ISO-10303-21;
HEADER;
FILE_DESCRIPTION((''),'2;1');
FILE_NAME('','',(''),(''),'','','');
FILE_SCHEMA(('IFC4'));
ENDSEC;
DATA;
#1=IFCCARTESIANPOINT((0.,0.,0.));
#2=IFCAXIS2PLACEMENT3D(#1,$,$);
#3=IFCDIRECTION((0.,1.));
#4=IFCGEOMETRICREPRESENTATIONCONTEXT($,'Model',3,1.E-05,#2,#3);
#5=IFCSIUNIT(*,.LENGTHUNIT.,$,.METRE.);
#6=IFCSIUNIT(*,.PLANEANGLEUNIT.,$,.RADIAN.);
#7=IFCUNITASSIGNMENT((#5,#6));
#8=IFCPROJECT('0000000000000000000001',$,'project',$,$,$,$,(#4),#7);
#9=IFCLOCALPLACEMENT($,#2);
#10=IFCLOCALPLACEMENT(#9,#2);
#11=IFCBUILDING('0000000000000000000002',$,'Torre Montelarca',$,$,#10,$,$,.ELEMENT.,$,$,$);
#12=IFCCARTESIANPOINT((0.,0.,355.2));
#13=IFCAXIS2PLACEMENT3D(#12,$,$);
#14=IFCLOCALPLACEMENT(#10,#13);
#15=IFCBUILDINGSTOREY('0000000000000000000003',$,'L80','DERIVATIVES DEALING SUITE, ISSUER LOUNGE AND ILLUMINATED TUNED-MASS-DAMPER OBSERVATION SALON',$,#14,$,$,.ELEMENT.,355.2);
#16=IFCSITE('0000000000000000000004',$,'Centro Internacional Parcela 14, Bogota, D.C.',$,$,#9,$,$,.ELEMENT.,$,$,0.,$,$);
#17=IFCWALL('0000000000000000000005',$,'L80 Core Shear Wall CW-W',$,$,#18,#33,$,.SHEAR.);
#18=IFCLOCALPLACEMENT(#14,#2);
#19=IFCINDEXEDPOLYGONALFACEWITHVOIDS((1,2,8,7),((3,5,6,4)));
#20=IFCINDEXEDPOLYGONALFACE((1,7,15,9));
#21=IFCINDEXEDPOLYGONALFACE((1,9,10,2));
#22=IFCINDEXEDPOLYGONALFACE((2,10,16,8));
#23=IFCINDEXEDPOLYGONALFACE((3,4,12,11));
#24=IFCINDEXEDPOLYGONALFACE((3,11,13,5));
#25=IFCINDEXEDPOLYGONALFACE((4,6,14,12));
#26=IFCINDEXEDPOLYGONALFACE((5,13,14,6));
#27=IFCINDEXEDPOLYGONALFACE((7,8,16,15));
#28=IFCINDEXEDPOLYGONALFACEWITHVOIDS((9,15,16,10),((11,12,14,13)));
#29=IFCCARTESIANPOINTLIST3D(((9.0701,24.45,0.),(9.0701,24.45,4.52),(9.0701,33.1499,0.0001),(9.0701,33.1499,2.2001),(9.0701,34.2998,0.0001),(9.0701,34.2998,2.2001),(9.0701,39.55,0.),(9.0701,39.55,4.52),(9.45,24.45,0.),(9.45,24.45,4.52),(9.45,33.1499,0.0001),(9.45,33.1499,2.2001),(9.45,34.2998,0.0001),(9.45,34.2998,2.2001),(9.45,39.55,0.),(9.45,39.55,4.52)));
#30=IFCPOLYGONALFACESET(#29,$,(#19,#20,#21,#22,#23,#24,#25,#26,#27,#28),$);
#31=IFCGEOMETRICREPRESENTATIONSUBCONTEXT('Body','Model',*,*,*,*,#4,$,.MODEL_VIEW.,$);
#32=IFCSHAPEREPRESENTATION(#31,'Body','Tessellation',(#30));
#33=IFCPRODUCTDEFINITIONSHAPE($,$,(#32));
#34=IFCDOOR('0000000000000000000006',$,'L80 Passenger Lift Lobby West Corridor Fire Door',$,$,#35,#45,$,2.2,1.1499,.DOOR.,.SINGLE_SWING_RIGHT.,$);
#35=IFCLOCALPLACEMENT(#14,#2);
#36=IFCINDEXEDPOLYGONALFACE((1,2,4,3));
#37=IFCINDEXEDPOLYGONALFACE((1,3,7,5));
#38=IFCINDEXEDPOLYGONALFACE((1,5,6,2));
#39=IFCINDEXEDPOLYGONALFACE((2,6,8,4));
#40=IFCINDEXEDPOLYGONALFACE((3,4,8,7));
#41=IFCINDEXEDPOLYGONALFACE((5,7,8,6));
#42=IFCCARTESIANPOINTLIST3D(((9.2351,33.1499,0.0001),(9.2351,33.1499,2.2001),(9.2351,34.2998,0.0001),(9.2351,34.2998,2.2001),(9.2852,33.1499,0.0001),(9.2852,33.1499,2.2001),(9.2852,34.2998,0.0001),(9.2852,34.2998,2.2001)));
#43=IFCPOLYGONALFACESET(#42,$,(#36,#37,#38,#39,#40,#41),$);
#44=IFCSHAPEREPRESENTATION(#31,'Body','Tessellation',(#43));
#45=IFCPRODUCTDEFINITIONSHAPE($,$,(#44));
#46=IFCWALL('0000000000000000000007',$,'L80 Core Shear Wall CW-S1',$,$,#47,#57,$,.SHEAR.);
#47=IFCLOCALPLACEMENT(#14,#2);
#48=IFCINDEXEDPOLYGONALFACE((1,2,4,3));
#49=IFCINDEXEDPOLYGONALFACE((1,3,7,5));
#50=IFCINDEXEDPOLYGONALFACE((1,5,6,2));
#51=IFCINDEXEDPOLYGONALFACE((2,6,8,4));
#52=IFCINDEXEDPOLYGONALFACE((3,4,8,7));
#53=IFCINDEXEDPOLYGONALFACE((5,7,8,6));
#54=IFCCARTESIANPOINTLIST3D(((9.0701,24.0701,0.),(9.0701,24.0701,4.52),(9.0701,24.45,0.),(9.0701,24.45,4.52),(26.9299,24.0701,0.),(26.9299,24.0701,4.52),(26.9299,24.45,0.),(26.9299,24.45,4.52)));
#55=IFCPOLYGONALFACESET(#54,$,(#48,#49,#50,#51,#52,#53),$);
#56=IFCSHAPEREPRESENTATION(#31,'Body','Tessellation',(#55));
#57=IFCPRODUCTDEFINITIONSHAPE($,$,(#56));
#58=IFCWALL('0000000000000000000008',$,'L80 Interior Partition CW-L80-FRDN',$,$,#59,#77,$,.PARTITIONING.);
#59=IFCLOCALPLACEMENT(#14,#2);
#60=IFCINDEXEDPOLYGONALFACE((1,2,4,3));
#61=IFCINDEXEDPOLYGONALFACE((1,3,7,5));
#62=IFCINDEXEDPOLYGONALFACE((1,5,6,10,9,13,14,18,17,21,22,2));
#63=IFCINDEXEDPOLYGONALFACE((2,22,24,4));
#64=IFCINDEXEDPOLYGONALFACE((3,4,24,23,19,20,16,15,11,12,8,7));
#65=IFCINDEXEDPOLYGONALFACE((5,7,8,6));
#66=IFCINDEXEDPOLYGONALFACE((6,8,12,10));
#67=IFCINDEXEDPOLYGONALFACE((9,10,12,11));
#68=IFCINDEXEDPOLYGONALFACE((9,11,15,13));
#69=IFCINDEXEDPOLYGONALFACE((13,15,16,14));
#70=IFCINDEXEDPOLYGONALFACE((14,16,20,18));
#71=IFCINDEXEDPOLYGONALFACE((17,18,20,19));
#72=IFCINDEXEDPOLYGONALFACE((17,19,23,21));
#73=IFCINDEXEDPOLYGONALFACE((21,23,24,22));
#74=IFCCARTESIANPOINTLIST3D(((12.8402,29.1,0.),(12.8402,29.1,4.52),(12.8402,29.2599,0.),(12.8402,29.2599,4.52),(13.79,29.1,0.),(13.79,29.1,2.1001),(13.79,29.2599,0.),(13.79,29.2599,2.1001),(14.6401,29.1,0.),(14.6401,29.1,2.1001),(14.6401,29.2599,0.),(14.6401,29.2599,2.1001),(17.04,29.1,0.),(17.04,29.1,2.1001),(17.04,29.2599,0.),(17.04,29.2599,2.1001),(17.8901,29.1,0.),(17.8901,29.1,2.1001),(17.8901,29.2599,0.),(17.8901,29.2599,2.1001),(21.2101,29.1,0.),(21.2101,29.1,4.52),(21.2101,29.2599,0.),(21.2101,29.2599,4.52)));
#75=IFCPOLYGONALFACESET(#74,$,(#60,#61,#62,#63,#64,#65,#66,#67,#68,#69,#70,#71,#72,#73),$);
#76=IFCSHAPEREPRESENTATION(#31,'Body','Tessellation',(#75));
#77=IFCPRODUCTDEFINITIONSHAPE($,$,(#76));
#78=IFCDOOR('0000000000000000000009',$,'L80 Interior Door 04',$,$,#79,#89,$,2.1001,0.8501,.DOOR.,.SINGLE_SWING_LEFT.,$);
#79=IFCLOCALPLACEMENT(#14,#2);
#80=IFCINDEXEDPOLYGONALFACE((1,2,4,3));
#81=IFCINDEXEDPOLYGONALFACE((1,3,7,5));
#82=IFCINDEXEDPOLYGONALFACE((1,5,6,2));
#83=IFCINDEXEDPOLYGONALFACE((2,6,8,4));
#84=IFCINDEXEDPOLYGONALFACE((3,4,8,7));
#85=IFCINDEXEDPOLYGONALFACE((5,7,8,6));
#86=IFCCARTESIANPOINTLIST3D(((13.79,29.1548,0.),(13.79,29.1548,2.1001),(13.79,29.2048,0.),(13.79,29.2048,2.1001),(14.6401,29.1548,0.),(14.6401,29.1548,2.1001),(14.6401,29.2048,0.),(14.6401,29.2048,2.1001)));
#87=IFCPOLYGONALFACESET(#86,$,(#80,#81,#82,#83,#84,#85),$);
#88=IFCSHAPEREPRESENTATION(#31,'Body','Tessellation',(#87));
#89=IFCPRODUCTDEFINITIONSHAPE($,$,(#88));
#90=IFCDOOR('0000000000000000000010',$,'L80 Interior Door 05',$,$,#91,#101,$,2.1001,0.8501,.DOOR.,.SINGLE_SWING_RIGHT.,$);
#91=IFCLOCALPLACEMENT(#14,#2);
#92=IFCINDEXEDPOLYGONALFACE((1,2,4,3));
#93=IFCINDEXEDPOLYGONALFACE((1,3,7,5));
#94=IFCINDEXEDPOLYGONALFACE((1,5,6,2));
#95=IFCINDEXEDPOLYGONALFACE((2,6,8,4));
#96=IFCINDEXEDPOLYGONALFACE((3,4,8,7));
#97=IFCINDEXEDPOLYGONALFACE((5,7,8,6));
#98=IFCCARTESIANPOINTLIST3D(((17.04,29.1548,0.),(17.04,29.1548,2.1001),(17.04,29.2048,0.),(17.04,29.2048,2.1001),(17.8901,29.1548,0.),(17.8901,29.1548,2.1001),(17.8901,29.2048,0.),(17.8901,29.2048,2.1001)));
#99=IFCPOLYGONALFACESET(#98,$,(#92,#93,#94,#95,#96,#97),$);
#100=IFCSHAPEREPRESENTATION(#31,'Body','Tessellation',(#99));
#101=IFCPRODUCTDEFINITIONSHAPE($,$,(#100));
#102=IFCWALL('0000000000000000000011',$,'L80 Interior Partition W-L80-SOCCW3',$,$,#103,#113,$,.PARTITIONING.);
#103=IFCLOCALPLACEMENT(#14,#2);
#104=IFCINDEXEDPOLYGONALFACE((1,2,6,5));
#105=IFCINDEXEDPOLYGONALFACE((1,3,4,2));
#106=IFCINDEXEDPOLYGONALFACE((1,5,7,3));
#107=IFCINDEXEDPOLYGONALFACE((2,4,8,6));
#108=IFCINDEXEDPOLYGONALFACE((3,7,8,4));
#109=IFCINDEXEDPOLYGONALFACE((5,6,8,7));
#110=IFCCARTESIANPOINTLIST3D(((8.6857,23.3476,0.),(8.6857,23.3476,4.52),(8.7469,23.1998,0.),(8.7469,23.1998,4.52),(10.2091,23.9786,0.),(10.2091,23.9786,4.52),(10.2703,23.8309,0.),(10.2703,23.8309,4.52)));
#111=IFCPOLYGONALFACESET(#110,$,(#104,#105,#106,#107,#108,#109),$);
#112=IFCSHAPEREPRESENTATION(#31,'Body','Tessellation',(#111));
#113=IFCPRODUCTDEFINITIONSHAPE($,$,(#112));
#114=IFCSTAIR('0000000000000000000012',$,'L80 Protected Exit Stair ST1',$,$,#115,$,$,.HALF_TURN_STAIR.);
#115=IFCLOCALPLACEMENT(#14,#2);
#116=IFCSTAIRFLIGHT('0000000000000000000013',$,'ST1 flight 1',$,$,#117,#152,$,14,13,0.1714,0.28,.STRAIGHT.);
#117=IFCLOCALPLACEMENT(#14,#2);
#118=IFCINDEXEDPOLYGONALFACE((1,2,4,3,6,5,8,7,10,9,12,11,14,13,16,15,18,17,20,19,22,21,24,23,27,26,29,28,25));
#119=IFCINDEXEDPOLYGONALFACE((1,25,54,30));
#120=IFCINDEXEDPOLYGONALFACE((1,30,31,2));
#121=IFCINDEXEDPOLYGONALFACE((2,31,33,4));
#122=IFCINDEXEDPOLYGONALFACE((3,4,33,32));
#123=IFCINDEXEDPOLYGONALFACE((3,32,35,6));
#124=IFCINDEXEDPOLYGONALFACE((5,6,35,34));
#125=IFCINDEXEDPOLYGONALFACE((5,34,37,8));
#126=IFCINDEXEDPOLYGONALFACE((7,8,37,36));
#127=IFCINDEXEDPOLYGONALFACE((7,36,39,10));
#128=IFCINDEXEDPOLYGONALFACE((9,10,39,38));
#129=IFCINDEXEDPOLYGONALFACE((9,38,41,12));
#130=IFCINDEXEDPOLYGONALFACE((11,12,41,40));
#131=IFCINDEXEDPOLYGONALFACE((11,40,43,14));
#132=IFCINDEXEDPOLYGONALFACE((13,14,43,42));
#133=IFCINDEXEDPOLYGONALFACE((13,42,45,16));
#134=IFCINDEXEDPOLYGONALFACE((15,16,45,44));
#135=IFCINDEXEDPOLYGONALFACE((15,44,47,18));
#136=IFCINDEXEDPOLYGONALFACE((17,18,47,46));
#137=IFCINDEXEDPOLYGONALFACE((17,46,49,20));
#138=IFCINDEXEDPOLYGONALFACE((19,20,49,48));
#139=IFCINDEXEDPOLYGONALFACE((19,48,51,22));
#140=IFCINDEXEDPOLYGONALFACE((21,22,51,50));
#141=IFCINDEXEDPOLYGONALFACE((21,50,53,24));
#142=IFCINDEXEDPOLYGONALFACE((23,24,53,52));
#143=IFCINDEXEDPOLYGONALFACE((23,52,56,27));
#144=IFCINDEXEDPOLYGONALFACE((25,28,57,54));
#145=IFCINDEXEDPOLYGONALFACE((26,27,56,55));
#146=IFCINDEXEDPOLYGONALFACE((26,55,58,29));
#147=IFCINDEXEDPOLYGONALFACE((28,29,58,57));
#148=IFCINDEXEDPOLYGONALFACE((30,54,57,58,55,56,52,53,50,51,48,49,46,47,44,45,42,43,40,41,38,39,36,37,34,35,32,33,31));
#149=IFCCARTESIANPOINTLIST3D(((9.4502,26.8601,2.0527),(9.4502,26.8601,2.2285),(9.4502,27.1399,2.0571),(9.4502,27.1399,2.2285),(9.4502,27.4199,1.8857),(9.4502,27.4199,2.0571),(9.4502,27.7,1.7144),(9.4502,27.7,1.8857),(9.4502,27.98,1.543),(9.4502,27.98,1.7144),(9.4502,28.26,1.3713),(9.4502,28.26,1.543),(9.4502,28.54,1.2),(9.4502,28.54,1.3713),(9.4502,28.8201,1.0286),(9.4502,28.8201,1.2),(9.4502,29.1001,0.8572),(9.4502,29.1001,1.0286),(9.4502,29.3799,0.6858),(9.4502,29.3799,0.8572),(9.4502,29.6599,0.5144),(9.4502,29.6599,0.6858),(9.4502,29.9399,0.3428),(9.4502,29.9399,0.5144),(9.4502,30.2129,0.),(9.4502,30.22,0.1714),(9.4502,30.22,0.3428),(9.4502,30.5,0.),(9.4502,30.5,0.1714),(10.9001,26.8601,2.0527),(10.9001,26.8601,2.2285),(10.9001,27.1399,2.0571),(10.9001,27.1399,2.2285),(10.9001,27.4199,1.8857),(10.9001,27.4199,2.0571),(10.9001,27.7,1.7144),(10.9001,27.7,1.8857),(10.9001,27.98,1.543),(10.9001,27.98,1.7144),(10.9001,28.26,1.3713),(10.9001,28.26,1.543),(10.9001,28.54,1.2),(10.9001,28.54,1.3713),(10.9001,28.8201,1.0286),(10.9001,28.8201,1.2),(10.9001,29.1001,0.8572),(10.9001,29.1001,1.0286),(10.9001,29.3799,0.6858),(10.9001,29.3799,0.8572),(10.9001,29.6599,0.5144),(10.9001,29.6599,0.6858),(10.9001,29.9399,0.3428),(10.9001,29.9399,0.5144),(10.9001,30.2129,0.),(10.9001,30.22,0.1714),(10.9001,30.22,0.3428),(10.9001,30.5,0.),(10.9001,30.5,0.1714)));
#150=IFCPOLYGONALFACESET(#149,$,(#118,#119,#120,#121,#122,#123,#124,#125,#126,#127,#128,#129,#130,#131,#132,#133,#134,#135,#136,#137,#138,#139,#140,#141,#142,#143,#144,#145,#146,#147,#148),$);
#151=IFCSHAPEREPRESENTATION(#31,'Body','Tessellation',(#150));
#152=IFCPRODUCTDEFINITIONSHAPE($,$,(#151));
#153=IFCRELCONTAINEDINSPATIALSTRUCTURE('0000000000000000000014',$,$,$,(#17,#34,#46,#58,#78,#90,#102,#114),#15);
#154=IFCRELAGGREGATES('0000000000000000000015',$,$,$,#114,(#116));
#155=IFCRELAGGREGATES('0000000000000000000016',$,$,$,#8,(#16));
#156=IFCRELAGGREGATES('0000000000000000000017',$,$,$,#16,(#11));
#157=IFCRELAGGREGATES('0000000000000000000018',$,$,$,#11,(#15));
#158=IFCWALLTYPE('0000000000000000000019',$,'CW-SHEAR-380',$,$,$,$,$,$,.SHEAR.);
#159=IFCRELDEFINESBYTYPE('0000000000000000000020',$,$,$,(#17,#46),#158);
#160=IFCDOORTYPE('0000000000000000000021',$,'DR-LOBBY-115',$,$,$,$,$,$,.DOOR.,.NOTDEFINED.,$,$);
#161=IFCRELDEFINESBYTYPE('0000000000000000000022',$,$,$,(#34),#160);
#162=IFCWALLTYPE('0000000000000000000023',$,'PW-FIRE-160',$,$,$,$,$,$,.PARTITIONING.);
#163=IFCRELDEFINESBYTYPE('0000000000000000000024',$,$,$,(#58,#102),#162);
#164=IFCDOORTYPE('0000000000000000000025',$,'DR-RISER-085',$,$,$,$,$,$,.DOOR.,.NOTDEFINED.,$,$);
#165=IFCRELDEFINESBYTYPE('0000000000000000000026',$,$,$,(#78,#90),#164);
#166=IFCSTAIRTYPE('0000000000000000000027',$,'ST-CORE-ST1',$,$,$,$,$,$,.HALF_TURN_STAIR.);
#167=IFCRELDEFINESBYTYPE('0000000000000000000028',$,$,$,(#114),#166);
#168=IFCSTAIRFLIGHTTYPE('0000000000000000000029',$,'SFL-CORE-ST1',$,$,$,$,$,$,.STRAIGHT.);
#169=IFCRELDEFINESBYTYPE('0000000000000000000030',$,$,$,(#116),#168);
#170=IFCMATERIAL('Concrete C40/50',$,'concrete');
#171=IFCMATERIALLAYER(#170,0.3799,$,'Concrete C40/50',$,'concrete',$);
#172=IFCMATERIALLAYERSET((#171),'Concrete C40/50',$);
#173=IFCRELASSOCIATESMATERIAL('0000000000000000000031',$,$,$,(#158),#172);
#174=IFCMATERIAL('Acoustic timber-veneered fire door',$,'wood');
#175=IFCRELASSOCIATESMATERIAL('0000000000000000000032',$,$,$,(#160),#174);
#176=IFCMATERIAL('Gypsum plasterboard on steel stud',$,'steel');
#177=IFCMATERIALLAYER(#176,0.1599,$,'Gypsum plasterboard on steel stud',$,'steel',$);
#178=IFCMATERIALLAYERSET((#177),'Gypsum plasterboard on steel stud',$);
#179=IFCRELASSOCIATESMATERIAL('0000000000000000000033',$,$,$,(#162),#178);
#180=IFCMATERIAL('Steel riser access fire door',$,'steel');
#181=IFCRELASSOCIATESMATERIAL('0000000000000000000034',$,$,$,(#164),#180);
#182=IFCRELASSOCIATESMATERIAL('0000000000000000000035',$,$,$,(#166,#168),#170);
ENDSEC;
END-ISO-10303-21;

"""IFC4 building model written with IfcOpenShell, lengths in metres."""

from ifc_helpers import new_model, si_unit, direction, frame, frame_2d, origin, place, context, subcontext, project, spatial, polyline, rectangle, outline, extrude, source, transform, mapped, material, layer, layer_set, type_object, element, fill, aggregate, save


model = new_model("IFC4")

# Units and contexts
model_context = context("Model", 3, precision=1e-05, world=origin(), true_north=direction((0.0, 1.0)))
body_context = subcontext(model_context, "Body", "Model", "MODEL_VIEW")
ifc_project = project(units=[si_unit("LENGTHUNIT", "METRE"), si_unit("PLANEANGLEUNIT", "RADIAN")], contexts=[model_context])

# Site, building, storey
site_placement = place(None, origin())
site = spatial("IfcSite", under=ifc_project, at=site_placement, Name="Centro Internacional Parcela 14, Bogota, D.C.", CompositionType="ELEMENT", RefElevation=0.0)
building_placement = place(site_placement, origin())
building = spatial("IfcBuilding", under=site, at=building_placement, Name="Torre Montelarca", CompositionType="ELEMENT")
storey_placement = place(building_placement, frame((0.0, 0.0, 355.2)))
storey = spatial("IfcBuildingStorey", under=building, at=storey_placement, Name="L80", Description="DERIVATIVES DEALING SUITE, ISSUER LOUNGE AND ILLUMINATED TUNED-MASS-DAMPER OBSERVATION SALON", CompositionType="ELEMENT", Elevation=355.2)

# Shared definitions
ifc_material_1 = material(Name="Concrete C40/50", Category="concrete")

# Wall, opening, door
ifc_layer_1 = layer(ifc_material_1, 0.3799, Name="Concrete C40/50", Category="concrete")
ifc_layer_set_1 = layer_set([ifc_layer_1], Name="Concrete C40/50")
wall_type_1 = type_object("IfcWallType", Name="CW-SHEAR-380", PredefinedType="SHEAR", material=ifc_layer_set_1)
wall_1_placement = place(storey_placement, frame((9.26, 24.45, 0.0), z_axis=(0.0, 0.0, 1.0), x_axis=(0.0, 1.0, 0.0)))
wall_1 = element("IfcWall", 1, at=wall_1_placement, inside=storey, type_object=wall_type_1, Name="L80 Core Shear Wall CW-W", PredefinedType="SHEAR", context=body_context, shape_type="SweptSolid", body=[
    extrude(rectangle(XDim=15.1001, YDim=0.3799, at=frame_2d((7.55, 0.0))), origin(), (0.0, 0.0, 1.0), 4.52),
])
opening_1_placement = place(wall_1_placement, frame((8.7, 0.0, 0.0)))
opening_1 = element("IfcOpeningElement", 2, at=opening_1_placement, cuts=wall_1, PredefinedType="OPENING", context=body_context, shape_type="SweptSolid", body=[
    extrude(rectangle(XDim=1.1499, YDim=2.2, at=frame_2d((0.575, 1.1001))), frame((0.0, 0.2, 0.0), z_axis=(0.0, -1.0, 0.0), x_axis=(1.0, 0.0, 0.0)), (0.0, 0.0, 1.0), 0.3999),
])
ifc_material_2 = material(Name="Acoustic timber-veneered fire door", Category="wood")
door_type_1 = type_object("IfcDoorType", Name="DR-LOBBY-115", OperationType="NOTDEFINED", PredefinedType="DOOR", material=ifc_material_2)
shared_shape_1 = source(origin(), body_context, "Body", "SweptSolid", [
    extrude(rectangle(XDim=1.1499, YDim=2.2, at=frame_2d((0.575, 1.1001))), frame((0.0, 0.0249, 0.0), z_axis=(0.0, -1.0, 0.0), x_axis=(1.0, 0.0, 0.0)), (0.0, 0.0, 1.0), 0.05),
])
door_1_placement = place(opening_1_placement, origin())
door_1 = element("IfcDoor", 3, at=door_1_placement, inside=storey, type_object=door_type_1, Name="L80 Passenger Lift Lobby West Corridor Fire Door", OperationType="SINGLE_SWING_RIGHT", OverallHeight=2.2, OverallWidth=1.1499, PredefinedType="DOOR", context=body_context, shape_type="MappedRepresentation", body=[
    mapped(shared_shape_1, transform((0.0, 0.0, 0.0), scale=1.0)),
])
fill(opening_1, door_1)

# Wall
wall_2_placement = place(storey_placement, frame((9.0701, 24.26, 0.0), z_axis=(0.0, 0.0, 1.0), x_axis=(1.0, 0.0, 0.0)))
element("IfcWall", 4, at=wall_2_placement, inside=storey, type_object=wall_type_1, Name="L80 Core Shear Wall CW-S1", PredefinedType="SHEAR", context=body_context, shape_type="SweptSolid", body=[
    extrude(rectangle(XDim=17.8599, YDim=0.3799, at=frame_2d((8.9299, 0.0))), origin(), (0.0, 0.0, 1.0), 4.52),
])

# Wall, openings, doors
ifc_material_3 = material(Name="Gypsum plasterboard on steel stud", Category="steel")
ifc_layer_2 = layer(ifc_material_3, 0.1599, Name="Gypsum plasterboard on steel stud", Category="steel")
ifc_layer_set_2 = layer_set([ifc_layer_2], Name="Gypsum plasterboard on steel stud")
wall_type_2 = type_object("IfcWallType", Name="PW-FIRE-160", PredefinedType="PARTITIONING", material=ifc_layer_set_2)
wall_3_placement = place(storey_placement, frame((12.8401, 29.1799, 0.0), z_axis=(0.0, 0.0, 1.0), x_axis=(1.0, 0.0, 0.0)))
wall_3 = element("IfcWall", 5, at=wall_3_placement, inside=storey, type_object=wall_type_2, Name="L80 Interior Partition CW-L80-FRDN", PredefinedType="PARTITIONING", context=body_context, shape_type="SweptSolid", body=[
    extrude(rectangle(XDim=8.3699, YDim=0.1599, at=frame_2d((4.1851, 0.0))), origin(), (0.0, 0.0, 1.0), 4.52),
])
opening_2_placement = place(wall_3_placement, frame((0.95, 0.0, 0.0)))
opening_2 = element("IfcOpeningElement", 6, at=opening_2_placement, cuts=wall_3, PredefinedType="OPENING", context=body_context, shape_type="SweptSolid", body=[
    extrude(rectangle(XDim=0.8501, YDim=2.1001, at=frame_2d((0.425, 1.05))), frame((0.0, 0.0898, 0.0), z_axis=(0.0, -1.0, 0.0), x_axis=(1.0, 0.0, 0.0)), (0.0, 0.0, 1.0), 0.1799),
])
opening_3_placement = place(wall_3_placement, frame((4.2, 0.0, 0.0)))
opening_3 = element("IfcOpeningElement", 7, at=opening_3_placement, cuts=wall_3, PredefinedType="OPENING", context=body_context, shape_type="SweptSolid", body=[
    extrude(rectangle(XDim=0.8501, YDim=2.1001, at=frame_2d((0.425, 1.05))), frame((0.0, 0.0898, 0.0), z_axis=(0.0, -1.0, 0.0), x_axis=(1.0, 0.0, 0.0)), (0.0, 0.0, 1.0), 0.1799),
])
ifc_material_4 = material(Name="Steel riser access fire door", Category="steel")
door_type_2 = type_object("IfcDoorType", Name="DR-RISER-085", OperationType="NOTDEFINED", PredefinedType="DOOR", material=ifc_material_4)
shared_shape_2 = source(origin(), body_context, "Body", "SweptSolid", [
    extrude(rectangle(XDim=0.8501, YDim=2.1001, at=frame_2d((0.425, 1.05))), frame((0.0, 0.0249, 0.0), z_axis=(0.0, -1.0, 0.0), x_axis=(1.0, 0.0, 0.0)), (0.0, 0.0, 1.0), 0.05),
])
door_2_placement = place(opening_2_placement, origin())
door_2 = element("IfcDoor", 8, at=door_2_placement, inside=storey, type_object=door_type_2, Name="L80 Interior Door 04", OperationType="SINGLE_SWING_LEFT", OverallHeight=2.1001, OverallWidth=0.8501, PredefinedType="DOOR", context=body_context, shape_type="MappedRepresentation", body=[
    mapped(shared_shape_2, transform((0.0, 0.0, 0.0), scale=1.0)),
])
fill(opening_2, door_2)
door_3_placement = place(opening_3_placement, origin())
door_3 = element("IfcDoor", 9, at=door_3_placement, inside=storey, type_object=door_type_2, Name="L80 Interior Door 05", OperationType="SINGLE_SWING_RIGHT", OverallHeight=2.1001, OverallWidth=0.8501, PredefinedType="DOOR", context=body_context, shape_type="MappedRepresentation", body=[
    mapped(shared_shape_2, transform((0.0, 0.0, 0.0), scale=1.0)),
])
fill(opening_3, door_3)

# Wall
wall_4_placement = place(storey_placement, frame((8.7163, 23.2737, 0.0), z_axis=(0.0, 0.0, 1.0), x_axis=(0.923863, 0.382722, 0.0)))
element("IfcWall", 10, at=wall_4_placement, inside=storey, type_object=wall_type_2, Name="L80 Interior Partition W-L80-SOCCW3", PredefinedType="PARTITIONING", context=body_context, shape_type="SweptSolid", body=[
    extrude(rectangle(XDim=1.6489, YDim=0.1599, at=frame_2d((0.8245, 0.0))), origin(), (0.0, 0.0, 1.0), 4.52),
])

# Stair, stair flight
stair_type = type_object("IfcStairType", Name="ST-CORE-ST1", PredefinedType="HALF_TURN_STAIR", material=ifc_material_1)
stair_placement = place(storey_placement, origin())
stair = element("IfcStair", 11, at=stair_placement, inside=storey, type_object=stair_type, Name="L80 Protected Exit Stair ST1", PredefinedType="HALF_TURN_STAIR")
stair_flight_type = type_object("IfcStairFlightType", Name="SFL-CORE-ST1", PredefinedType="STRAIGHT", material=ifc_material_1)
stair_flight_1_placement = place(storey_placement, frame((10.175, 30.5, 0.0), z_axis=(0.0, 0.0, 1.0), x_axis=(0.0, -1.0, 0.0)))
stair_flight_1 = element("IfcStairFlight", 12, at=stair_flight_1_placement, type_object=stair_flight_type, Name="ST1 flight 1", NumberOfRisers=14, NumberOfTreads=13, PredefinedType="STRAIGHT", RiserHeight=0.1714, TreadLength=0.28, context=body_context, shape_type="SweptSolid", body=[
    extrude(outline(polyline([(0.0, 0.0), (0.0, 0.1714), (0.28, 0.1714), (0.28, 0.3428), (0.5601, 0.3428), (0.5601, 0.5144), (0.8401, 0.5144), (0.8401, 0.6858), (1.1201, 0.6858), (1.1201, 0.8572), (1.3999, 0.8572), (1.3999, 1.0286), (1.6799, 1.0286), (1.6799, 1.2), (1.96, 1.2), (1.96, 1.3713), (2.24, 1.3713), (2.24, 1.543), (2.52, 1.543), (2.52, 1.7144), (2.8, 1.7144), (2.8, 1.8857), (3.0801, 1.8857), (3.0801, 2.0571), (3.3601, 2.0571), (3.3601, 2.2285), (3.6399, 2.2285), (3.6399, 2.3999), (3.6399, 2.0527), (0.2871, 0.0), (0.0, 0.0)])), frame((0.0, 0.7251, 0.0), z_axis=(0.0, -1.0, 0.0), x_axis=(1.0, 0.0, 0.0)), (0.0, 0.0, 1.0), 1.45),
])
aggregate(stair, [stair_flight_1])

save(model, "model.ifc")
